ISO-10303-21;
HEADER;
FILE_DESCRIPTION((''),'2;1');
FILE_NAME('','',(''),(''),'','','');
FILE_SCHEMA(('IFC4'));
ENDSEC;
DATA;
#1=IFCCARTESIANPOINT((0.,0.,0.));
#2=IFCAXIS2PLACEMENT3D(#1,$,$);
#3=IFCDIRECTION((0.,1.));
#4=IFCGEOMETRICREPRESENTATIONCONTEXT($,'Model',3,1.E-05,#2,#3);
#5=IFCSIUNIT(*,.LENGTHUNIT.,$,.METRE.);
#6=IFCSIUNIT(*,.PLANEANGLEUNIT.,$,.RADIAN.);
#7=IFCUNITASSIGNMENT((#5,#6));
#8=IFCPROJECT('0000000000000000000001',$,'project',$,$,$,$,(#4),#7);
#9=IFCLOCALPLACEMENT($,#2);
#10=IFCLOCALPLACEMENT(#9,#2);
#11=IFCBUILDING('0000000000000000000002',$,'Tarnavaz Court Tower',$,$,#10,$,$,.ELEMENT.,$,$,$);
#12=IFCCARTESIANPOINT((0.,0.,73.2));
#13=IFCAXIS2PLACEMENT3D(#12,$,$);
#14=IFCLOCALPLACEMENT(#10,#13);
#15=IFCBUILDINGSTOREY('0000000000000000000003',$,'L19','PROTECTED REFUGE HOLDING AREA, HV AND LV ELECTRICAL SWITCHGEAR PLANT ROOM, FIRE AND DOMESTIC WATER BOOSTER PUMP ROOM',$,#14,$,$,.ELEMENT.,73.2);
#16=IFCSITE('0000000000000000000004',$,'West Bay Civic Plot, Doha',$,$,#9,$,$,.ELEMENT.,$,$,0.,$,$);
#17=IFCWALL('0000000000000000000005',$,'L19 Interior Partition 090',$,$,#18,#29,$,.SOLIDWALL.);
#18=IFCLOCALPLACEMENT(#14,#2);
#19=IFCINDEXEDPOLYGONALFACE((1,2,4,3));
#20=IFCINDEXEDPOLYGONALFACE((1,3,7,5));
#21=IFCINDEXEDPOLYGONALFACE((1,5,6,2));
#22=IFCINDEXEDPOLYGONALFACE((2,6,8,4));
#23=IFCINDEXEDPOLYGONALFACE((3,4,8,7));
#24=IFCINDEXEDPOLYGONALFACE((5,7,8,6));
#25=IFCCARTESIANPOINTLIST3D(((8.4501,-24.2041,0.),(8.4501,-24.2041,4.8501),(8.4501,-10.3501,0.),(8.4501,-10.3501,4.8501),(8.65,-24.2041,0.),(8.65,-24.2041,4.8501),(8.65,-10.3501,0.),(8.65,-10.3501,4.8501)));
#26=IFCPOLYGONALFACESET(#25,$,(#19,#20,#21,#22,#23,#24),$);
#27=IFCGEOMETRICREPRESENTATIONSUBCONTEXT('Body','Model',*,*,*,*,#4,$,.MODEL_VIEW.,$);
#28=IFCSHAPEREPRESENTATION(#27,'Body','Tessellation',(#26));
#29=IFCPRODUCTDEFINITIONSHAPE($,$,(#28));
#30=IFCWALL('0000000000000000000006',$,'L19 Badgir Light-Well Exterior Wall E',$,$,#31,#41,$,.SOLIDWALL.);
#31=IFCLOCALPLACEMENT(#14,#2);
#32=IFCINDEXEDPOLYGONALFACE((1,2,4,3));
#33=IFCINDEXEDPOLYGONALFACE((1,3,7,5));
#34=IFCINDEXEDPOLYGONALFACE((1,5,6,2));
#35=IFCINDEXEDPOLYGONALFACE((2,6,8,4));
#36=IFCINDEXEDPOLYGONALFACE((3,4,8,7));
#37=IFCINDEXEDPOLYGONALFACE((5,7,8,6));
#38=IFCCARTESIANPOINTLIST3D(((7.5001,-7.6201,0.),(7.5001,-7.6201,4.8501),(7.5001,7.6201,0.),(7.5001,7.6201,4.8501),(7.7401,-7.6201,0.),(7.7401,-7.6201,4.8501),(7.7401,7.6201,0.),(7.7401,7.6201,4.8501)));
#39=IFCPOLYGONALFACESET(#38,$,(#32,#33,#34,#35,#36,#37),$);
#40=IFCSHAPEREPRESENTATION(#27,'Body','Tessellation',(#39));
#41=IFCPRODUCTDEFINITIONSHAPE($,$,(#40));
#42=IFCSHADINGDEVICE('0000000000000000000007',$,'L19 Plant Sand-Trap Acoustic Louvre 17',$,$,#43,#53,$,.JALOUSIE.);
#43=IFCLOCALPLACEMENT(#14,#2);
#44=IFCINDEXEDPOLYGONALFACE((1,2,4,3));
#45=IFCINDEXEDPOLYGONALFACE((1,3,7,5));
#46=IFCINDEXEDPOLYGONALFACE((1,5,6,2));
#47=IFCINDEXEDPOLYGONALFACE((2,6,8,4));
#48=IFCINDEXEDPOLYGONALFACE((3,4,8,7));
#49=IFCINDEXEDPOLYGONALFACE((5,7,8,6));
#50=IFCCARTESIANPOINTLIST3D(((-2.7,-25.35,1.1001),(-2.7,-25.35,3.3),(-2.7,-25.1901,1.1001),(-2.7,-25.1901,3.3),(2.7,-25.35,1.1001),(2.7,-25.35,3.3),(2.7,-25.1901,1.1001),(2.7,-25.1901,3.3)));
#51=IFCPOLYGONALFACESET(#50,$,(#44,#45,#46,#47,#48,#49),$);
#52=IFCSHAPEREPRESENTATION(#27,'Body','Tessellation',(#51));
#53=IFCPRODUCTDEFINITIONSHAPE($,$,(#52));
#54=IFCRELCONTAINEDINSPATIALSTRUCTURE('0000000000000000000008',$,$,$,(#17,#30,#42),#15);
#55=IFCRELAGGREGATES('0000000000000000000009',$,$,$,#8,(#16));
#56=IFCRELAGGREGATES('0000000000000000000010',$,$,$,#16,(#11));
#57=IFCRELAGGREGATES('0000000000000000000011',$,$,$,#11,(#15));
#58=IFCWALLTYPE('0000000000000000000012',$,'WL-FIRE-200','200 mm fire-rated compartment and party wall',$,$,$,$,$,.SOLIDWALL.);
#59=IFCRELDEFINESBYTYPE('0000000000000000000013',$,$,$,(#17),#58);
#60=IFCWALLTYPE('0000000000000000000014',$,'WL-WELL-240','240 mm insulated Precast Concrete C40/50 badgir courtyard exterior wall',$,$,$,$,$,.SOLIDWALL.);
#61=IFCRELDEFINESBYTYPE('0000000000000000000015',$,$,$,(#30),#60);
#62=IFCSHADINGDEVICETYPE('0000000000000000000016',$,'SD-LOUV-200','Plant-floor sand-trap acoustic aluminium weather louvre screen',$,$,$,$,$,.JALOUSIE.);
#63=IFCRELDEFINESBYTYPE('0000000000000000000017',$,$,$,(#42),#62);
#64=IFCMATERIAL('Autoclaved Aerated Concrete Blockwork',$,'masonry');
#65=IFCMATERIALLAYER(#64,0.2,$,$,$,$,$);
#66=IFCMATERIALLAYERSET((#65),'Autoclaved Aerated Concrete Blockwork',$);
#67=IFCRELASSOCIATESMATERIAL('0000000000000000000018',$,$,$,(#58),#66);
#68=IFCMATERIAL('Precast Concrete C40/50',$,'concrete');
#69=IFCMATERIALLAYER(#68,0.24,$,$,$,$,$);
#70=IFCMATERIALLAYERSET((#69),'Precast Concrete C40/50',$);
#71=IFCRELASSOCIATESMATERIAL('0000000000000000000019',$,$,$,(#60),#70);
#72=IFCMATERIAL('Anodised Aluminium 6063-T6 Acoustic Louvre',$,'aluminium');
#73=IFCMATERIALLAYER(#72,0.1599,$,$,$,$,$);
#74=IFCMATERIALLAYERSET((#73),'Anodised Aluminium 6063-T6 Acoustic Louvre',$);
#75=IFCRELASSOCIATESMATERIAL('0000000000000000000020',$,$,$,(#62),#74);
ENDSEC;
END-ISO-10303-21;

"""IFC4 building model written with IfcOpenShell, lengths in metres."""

from ifc_helpers import new_model, si_unit, direction, frame, frame_2d, origin, origin_2d, place, context, subcontext, project, spatial, rectangle, extrude, material, layer, layer_set, type_object, element, save


model = new_model("IFC4")

# Units and contexts
model_context = context("Model", 3, precision=1e-05, world=origin(), true_north=direction((0.0, 1.0)))
body_context = subcontext(model_context, "Body", "Model", "MODEL_VIEW")
ifc_project = project(units=[si_unit("LENGTHUNIT", "METRE"), si_unit("PLANEANGLEUNIT", "RADIAN")], contexts=[model_context])

# Site, building, storey
site_placement = place(None, origin())
site = spatial("IfcSite", under=ifc_project, at=site_placement, Name="West Bay Civic Plot, Doha", CompositionType="ELEMENT", RefElevation=0.0)
building_placement = place(site_placement, origin())
building = spatial("IfcBuilding", under=site, at=building_placement, Name="Tarnavaz Court Tower", CompositionType="ELEMENT")
storey_placement = place(building_placement, frame((0.0, 0.0, 73.2)))
storey = spatial("IfcBuildingStorey", under=building, at=storey_placement, Name="L19", Description="PROTECTED REFUGE HOLDING AREA, HV AND LV ELECTRICAL SWITCHGEAR PLANT ROOM, FIRE AND DOMESTIC WATER BOOSTER PUMP ROOM", CompositionType="ELEMENT", Elevation=73.2)

# Shared definitions
ifc_material_1 = material(Name="Precast Concrete C40/50", Category="concrete")

# Walls
ifc_material_2 = material(Name="Autoclaved Aerated Concrete Blockwork", Category="masonry")
ifc_layer_1 = layer(ifc_material_2, 0.2)
ifc_layer_set_1 = layer_set([ifc_layer_1], Name="Autoclaved Aerated Concrete Blockwork")
wall_type_1 = type_object("IfcWallType", Name="WL-FIRE-200", Description="200 mm fire-rated compartment and party wall", PredefinedType="SOLIDWALL", material=ifc_layer_set_1)
wall_1_placement = place(storey_placement, frame((8.55, -24.2041, 0.0), z_axis=(0.0, 0.0, 1.0), x_axis=(0.0, 1.0, 0.0)))
element("IfcWall", 1, at=wall_1_placement, inside=storey, type_object=wall_type_1, Name="L19 Interior Partition 090", PredefinedType="SOLIDWALL", context=body_context, shape_type="SweptSolid", body=[
    extrude(rectangle(XDim=13.854, YDim=0.2, at=frame_2d((6.927, 0.0))), origin(), (0.0, 0.0, 1.0), 4.8501),
])
ifc_layer_2 = layer(ifc_material_1, 0.24)
ifc_layer_set_2 = layer_set([ifc_layer_2], Name="Precast Concrete C40/50")
wall_type_2 = type_object("IfcWallType", Name="WL-WELL-240", Description="240 mm insulated Precast Concrete C40/50 badgir courtyard exterior wall", PredefinedType="SOLIDWALL", material=ifc_layer_set_2)
wall_2_placement = place(storey_placement, frame((7.6201, -7.6201, 0.0), z_axis=(0.0, 0.0, 1.0), x_axis=(0.0, 1.0, 0.0)))
element("IfcWall", 2, at=wall_2_placement, inside=storey, type_object=wall_type_2, Name="L19 Badgir Light-Well Exterior Wall E", PredefinedType="SOLIDWALL", context=body_context, shape_type="SweptSolid", body=[
    extrude(rectangle(XDim=15.2402, YDim=0.24, at=frame_2d((7.6201, 0.0))), origin(), (0.0, 0.0, 1.0), 4.8501),
])

# Shading device
ifc_material_3 = material(Name="Anodised Aluminium 6063-T6 Acoustic Louvre", Category="aluminium")
ifc_layer_3 = layer(ifc_material_3, 0.1599)
ifc_layer_set_3 = layer_set([ifc_layer_3], Name="Anodised Aluminium 6063-T6 Acoustic Louvre")
shading_device_type = type_object("IfcShadingDeviceType", Name="SD-LOUV-200", Description="Plant-floor sand-trap acoustic aluminium weather louvre screen", PredefinedType="JALOUSIE", material=ifc_layer_set_3)
shading_device_placement = place(storey_placement, frame((0.0, -25.27, 1.1001), z_axis=(0.0, 0.0, 1.0), x_axis=(-1.0, 0.0, 0.0)))
element("IfcShadingDevice", 3, at=shading_device_placement, inside=storey, type_object=shading_device_type, Name="L19 Plant Sand-Trap Acoustic Louvre 17", PredefinedType="JALOUSIE", context=body_context, shape_type="SweptSolid", body=[
    extrude(rectangle(XDim=5.3999, YDim=0.1599, at=origin_2d()), origin(), (0.0, 0.0, 1.0), 2.2),
])

save(model, "model.ifc")
